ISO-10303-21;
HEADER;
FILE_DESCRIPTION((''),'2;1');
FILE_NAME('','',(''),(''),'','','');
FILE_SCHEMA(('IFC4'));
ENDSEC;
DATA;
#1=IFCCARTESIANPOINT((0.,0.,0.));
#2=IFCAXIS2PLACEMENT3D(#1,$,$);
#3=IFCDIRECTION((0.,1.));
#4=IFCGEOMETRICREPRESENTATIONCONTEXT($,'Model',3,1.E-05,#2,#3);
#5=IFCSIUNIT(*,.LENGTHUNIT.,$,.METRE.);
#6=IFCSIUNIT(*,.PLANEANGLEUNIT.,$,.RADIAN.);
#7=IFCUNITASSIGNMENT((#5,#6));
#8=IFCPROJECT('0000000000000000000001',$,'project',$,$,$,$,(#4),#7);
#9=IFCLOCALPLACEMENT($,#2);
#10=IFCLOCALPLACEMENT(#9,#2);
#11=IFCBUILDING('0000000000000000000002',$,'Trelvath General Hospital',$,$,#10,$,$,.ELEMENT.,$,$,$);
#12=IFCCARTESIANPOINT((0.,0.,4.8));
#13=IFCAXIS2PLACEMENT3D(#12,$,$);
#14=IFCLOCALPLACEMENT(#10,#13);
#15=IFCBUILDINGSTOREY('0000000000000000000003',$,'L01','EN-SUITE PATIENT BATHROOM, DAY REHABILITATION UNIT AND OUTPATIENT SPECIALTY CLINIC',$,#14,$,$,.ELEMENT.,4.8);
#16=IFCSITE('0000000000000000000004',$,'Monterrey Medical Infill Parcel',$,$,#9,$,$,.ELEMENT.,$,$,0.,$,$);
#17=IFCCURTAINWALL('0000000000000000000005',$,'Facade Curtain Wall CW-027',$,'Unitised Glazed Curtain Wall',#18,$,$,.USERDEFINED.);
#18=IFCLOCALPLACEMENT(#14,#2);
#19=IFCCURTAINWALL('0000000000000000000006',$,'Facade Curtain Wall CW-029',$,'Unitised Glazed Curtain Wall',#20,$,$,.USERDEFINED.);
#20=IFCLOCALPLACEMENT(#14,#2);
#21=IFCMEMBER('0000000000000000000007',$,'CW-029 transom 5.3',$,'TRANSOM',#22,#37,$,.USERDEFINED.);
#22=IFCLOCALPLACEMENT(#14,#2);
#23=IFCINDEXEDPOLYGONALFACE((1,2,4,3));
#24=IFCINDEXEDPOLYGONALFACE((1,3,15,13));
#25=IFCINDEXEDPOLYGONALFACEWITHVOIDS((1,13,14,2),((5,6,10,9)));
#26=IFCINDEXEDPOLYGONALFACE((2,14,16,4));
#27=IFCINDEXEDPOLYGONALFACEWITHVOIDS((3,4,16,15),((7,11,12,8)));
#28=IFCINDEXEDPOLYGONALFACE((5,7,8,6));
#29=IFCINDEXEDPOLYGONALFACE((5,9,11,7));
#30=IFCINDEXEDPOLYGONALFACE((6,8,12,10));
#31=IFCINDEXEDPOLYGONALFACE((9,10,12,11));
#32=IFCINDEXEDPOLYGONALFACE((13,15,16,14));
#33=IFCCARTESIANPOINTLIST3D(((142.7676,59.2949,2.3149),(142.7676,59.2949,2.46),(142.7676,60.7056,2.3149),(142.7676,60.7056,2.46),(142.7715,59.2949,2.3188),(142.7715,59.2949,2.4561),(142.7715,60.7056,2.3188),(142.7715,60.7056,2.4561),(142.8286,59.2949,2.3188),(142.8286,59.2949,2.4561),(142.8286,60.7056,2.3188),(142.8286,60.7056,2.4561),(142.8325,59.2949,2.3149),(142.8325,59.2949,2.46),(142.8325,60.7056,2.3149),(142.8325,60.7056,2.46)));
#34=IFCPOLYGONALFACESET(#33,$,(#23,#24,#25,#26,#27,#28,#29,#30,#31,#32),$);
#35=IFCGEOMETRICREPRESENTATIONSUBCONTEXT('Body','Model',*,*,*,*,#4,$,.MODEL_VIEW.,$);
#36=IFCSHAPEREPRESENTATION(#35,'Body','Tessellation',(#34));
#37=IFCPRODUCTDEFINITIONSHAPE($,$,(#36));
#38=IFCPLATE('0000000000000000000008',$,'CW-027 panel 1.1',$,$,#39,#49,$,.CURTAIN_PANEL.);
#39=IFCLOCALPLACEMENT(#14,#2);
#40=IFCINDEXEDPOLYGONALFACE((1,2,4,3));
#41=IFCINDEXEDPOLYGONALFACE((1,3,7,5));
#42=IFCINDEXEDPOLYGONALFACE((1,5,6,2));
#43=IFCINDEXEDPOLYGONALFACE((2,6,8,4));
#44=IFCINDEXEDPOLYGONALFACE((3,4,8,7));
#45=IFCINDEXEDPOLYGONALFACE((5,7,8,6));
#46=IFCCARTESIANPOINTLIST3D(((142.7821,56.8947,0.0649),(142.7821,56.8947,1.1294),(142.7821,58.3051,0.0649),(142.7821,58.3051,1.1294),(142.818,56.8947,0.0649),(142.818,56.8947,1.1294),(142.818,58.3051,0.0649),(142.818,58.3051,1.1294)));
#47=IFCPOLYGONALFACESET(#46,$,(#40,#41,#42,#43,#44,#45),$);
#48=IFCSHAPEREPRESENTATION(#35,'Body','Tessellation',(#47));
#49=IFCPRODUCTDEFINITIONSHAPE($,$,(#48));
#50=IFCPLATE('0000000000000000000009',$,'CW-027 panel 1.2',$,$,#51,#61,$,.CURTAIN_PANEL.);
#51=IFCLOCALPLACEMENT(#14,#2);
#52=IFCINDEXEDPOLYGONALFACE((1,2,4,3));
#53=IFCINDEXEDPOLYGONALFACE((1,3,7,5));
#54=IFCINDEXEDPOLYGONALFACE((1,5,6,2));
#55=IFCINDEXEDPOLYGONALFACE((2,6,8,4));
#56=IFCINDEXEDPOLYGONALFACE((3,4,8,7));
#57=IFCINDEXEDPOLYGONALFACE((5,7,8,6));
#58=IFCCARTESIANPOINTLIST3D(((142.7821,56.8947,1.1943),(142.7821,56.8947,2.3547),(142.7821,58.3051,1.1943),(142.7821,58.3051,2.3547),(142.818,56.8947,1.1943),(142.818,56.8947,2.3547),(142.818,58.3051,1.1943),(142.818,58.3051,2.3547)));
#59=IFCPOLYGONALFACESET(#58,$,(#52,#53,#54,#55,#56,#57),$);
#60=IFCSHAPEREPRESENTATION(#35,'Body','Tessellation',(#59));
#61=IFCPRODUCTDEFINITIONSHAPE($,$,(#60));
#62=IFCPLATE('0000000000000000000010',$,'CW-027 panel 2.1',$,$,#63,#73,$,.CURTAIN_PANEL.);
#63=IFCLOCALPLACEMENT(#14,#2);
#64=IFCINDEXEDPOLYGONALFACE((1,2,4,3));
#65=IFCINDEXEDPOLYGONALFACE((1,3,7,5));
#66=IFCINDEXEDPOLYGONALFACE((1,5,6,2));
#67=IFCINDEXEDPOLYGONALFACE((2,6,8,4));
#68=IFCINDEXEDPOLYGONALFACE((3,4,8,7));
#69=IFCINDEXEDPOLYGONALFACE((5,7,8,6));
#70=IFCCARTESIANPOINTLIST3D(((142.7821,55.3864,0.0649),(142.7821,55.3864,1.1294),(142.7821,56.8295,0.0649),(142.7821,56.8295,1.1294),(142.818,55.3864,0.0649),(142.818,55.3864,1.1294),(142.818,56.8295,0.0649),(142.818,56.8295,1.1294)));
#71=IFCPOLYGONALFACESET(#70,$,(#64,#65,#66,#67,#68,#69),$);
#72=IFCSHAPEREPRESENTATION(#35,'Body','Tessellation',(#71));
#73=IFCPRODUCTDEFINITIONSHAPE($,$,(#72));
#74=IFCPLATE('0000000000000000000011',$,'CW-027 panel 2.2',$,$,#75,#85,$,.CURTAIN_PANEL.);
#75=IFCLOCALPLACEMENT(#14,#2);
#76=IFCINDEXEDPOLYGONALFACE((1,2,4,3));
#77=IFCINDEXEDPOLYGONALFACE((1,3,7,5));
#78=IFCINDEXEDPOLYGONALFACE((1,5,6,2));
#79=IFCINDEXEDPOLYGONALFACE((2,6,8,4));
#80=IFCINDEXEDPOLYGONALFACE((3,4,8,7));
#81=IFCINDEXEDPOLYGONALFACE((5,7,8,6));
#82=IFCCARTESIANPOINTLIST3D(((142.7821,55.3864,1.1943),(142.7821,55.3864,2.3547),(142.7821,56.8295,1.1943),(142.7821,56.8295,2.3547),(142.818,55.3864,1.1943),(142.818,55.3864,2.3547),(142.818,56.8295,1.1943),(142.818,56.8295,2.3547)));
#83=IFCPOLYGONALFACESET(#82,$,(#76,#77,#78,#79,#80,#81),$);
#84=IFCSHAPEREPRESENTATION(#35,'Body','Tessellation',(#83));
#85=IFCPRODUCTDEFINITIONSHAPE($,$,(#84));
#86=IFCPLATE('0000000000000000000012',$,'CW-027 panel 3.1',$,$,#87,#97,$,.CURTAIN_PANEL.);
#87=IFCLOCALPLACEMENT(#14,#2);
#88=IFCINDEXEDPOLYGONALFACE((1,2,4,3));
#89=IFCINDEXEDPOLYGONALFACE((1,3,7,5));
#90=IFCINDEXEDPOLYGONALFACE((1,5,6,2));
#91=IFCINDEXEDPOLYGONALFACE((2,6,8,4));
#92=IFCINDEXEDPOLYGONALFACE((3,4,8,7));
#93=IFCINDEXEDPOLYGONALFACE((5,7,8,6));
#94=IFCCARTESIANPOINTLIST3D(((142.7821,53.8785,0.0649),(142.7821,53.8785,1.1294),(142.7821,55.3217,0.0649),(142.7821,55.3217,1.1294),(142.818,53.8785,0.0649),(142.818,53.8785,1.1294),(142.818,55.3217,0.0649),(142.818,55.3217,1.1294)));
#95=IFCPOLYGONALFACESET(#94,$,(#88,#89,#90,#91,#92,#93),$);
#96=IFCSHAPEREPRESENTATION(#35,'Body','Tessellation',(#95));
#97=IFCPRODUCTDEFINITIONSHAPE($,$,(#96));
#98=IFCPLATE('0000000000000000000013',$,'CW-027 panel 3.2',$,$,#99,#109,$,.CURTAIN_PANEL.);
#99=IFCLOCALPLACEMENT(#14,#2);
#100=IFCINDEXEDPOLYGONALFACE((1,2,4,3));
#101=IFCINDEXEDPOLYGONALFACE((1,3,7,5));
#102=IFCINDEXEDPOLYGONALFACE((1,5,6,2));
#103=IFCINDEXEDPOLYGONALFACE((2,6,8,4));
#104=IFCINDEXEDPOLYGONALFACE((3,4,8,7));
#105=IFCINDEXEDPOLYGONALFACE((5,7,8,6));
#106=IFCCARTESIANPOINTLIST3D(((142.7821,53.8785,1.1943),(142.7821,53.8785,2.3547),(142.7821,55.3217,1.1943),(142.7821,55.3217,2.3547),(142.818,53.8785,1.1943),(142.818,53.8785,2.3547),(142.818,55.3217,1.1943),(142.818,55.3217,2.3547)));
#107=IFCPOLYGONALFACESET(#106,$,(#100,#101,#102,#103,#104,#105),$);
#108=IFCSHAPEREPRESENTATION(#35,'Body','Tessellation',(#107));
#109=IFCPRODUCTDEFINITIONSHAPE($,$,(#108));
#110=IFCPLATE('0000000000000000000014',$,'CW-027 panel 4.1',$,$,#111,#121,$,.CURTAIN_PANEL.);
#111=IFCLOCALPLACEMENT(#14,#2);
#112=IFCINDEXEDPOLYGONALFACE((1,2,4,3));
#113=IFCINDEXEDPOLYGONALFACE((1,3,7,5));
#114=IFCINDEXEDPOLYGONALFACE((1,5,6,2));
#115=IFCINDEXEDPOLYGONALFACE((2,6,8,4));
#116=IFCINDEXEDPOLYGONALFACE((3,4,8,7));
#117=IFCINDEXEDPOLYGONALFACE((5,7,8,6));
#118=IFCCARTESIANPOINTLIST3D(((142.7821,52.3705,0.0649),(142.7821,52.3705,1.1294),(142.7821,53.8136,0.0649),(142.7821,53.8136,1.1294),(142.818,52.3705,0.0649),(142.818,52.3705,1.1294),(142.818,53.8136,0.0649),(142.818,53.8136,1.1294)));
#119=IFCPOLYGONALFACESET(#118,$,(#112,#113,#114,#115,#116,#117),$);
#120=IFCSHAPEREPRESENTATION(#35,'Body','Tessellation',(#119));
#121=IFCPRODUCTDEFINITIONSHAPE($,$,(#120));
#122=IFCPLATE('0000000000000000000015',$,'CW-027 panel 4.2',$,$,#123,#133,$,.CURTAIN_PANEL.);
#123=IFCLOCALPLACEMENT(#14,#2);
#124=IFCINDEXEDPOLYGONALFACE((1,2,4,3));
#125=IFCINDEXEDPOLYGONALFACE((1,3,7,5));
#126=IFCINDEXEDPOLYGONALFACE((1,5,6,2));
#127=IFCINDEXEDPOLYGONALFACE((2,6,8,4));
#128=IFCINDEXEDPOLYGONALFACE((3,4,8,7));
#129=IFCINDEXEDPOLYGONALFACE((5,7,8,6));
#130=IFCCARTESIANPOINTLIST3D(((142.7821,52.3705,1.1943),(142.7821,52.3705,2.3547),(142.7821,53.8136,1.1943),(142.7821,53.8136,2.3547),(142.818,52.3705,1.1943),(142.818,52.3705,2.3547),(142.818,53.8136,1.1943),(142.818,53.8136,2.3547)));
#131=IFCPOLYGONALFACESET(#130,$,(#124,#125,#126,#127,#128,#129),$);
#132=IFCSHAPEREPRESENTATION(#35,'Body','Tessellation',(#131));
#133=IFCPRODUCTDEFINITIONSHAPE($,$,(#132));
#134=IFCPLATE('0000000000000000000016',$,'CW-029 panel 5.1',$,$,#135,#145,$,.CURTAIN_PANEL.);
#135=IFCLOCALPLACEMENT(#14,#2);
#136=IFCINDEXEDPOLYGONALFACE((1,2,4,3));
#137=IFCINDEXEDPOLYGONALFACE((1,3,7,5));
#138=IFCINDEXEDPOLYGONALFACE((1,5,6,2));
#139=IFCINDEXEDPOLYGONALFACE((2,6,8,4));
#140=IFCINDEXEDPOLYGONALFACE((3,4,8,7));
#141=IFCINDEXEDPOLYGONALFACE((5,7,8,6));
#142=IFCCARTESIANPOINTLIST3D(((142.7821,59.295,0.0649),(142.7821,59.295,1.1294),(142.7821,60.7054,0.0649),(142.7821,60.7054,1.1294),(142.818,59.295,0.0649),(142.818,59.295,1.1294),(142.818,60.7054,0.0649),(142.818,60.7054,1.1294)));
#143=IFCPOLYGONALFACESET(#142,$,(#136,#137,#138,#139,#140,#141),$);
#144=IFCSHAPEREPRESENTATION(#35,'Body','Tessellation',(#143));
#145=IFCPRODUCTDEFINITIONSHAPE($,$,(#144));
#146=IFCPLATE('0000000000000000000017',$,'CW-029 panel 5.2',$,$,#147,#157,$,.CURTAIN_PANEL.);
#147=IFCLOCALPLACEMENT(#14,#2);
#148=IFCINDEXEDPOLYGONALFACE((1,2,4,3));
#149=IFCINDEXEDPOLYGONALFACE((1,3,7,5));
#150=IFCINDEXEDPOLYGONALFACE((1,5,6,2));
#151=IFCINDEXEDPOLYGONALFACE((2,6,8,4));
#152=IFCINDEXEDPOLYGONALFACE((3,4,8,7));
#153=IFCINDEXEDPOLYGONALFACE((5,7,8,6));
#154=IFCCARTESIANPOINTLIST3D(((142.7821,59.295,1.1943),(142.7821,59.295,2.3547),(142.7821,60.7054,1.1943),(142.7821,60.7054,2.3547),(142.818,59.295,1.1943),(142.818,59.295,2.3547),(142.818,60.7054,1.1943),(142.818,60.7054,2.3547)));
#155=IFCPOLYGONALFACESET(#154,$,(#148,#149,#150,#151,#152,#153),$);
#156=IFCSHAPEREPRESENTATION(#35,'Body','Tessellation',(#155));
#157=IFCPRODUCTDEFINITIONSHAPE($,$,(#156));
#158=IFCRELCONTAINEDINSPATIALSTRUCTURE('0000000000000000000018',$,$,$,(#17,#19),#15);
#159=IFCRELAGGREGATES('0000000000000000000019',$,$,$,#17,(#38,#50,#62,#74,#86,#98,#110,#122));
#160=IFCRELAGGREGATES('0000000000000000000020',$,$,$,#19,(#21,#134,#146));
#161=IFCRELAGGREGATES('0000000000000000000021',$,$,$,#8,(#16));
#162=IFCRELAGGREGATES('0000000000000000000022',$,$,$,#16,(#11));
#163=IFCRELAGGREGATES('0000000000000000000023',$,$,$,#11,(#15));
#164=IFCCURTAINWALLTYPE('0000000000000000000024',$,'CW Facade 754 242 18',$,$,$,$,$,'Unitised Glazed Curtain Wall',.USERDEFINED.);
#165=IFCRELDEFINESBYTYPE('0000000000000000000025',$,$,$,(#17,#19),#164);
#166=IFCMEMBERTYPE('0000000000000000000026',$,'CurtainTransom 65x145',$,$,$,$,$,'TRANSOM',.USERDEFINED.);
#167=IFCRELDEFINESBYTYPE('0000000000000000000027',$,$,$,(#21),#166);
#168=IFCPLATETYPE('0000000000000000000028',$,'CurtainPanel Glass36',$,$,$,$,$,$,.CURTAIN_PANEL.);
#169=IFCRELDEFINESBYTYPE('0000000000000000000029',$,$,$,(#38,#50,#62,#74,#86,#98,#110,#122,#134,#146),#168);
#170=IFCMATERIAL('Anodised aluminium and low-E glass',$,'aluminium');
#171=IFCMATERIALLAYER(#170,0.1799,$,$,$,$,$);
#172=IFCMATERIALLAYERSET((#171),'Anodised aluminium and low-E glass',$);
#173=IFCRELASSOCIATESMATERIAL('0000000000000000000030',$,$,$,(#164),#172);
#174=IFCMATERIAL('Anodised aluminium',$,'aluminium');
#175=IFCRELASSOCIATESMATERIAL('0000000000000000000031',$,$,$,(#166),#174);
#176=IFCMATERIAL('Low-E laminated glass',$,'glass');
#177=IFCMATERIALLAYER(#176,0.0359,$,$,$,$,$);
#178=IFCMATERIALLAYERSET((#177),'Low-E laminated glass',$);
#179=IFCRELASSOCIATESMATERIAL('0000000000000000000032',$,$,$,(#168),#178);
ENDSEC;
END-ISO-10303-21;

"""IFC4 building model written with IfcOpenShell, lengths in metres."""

from ifc_helpers import new_model, si_unit, direction, frame, origin, origin_2d, place, context, subcontext, project, spatial, rectangle, hollow_rectangle, extrude, material, layer, layer_set, material_profile, profile_set, type_object, element, aggregate, save


model = new_model("IFC4")

# Units and contexts
model_context = context("Model", 3, precision=1e-05, world=origin(), true_north=direction((0.0, 1.0)))
body_context = subcontext(model_context, "Body", "Model", "MODEL_VIEW")
ifc_project = project(units=[si_unit("LENGTHUNIT", "METRE"), si_unit("PLANEANGLEUNIT", "RADIAN")], contexts=[model_context])

# Site, building, storey
site_placement = place(None, origin())
site = spatial("IfcSite", under=ifc_project, at=site_placement, Name="Monterrey Medical Infill Parcel", CompositionType="ELEMENT", RefElevation=0.0)
building_placement = place(site_placement, origin())
building = spatial("IfcBuilding", under=site, at=building_placement, Name="Trelvath General Hospital", CompositionType="ELEMENT")
storey_placement = place(building_placement, frame((0.0, 0.0, 4.8)))
storey = spatial("IfcBuildingStorey", under=building, at=storey_placement, Name="L01", Description="EN-SUITE PATIENT BATHROOM, DAY REHABILITATION UNIT AND OUTPATIENT SPECIALTY CLINIC", CompositionType="ELEMENT", Elevation=4.8)

# Curtain wall
ifc_material_1 = material(Name="Anodised aluminium and low-E glass", Category="aluminium")
ifc_layer_1 = layer(ifc_material_1, 0.1799)
ifc_layer_set_1 = layer_set([ifc_layer_1], Name="Anodised aluminium and low-E glass")
curtain_wall_type = type_object("IfcCurtainWallType", Name="CW Facade 754 242 18", ElementType="Unitised Glazed Curtain Wall", PredefinedType="USERDEFINED", material=ifc_layer_set_1)
curtain_wall_1_placement = place(storey_placement, origin())
curtain_wall_1 = element("IfcCurtainWall", 1, at=curtain_wall_1_placement, inside=storey, type_object=curtain_wall_type, Name="Facade Curtain Wall CW-027", ObjectType="Unitised Glazed Curtain Wall", PredefinedType="USERDEFINED")

# Curtain wall
curtain_wall_2_placement = place(storey_placement, origin())
curtain_wall_2 = element("IfcCurtainWall", 2, at=curtain_wall_2_placement, inside=storey, type_object=curtain_wall_type, Name="Facade Curtain Wall CW-029", ObjectType="Unitised Glazed Curtain Wall", PredefinedType="USERDEFINED")

# Member
ifc_material_2 = material(Name="Anodised aluminium", Category="aluminium")
ifc_material_profile_1 = material_profile(ifc_material_2, hollow_rectangle(XDim=0.0649, YDim=0.145, WallThickness=0.0039, at=origin_2d()), Name="RHS65x145x4")
ifc_profile_set_1 = profile_set([ifc_material_profile_1], Name="Anodised aluminium")
member_type_1 = type_object("IfcMemberType", Name="CurtainTransom 65x145", ElementType="TRANSOM", PredefinedType="USERDEFINED", material=ifc_profile_set_1)
member_1_placement = place(storey_placement, frame((142.8, 60.7056, 2.3875), z_axis=(0.0, -1.0, 0.0), x_axis=(1.0, 0.0, 0.0)))
member_1 = element("IfcMember", 3, at=member_1_placement, type_object=member_type_1, Name="CW-029 transom 5.3", ObjectType="TRANSOM", PredefinedType="USERDEFINED", context=body_context, shape_type="SweptSolid", body=[
    extrude(hollow_rectangle(XDim=0.0649, YDim=0.145, WallThickness=0.0039, at=origin_2d()), origin(), (0.0, 0.0, 1.0), 1.4106),
])

# Plates
ifc_material_3 = material(Name="Low-E laminated glass", Category="glass")
ifc_layer_2 = layer(ifc_material_3, 0.0359)
ifc_layer_set_2 = layer_set([ifc_layer_2], Name="Low-E laminated glass")
plate_type = type_object("IfcPlateType", Name="CurtainPanel Glass36", PredefinedType="CURTAIN_PANEL", material=ifc_layer_set_2)
plate_1_placement = place(storey_placement, frame((142.8, 57.5999, 0.0649), z_axis=(0.0, 0.0, 1.0), x_axis=(0.0, -1.0, 0.0)))
plate_1 = element("IfcPlate", 4, at=plate_1_placement, type_object=plate_type, Name="CW-027 panel 1.1", PredefinedType="CURTAIN_PANEL", context=body_context, shape_type="SweptSolid", body=[
    extrude(rectangle(XDim=1.4104, YDim=0.0359, at=origin_2d()), origin(), (0.0, 0.0, 1.0), 1.0645),
])
plate_2_placement = place(storey_placement, frame((142.8, 57.5999, 1.1943), z_axis=(0.0, 0.0, 1.0), x_axis=(0.0, -1.0, 0.0)))
plate_2 = element("IfcPlate", 5, at=plate_2_placement, type_object=plate_type, Name="CW-027 panel 1.2", PredefinedType="CURTAIN_PANEL", context=body_context, shape_type="SweptSolid", body=[
    extrude(rectangle(XDim=1.4104, YDim=0.0359, at=origin_2d()), origin(), (0.0, 0.0, 1.0), 1.1604),
])
plate_3_placement = place(storey_placement, frame((142.8, 56.1079, 0.0649), z_axis=(0.0, 0.0, 1.0), x_axis=(0.0, -1.0, 0.0)))
plate_3 = element("IfcPlate", 6, at=plate_3_placement, type_object=plate_type, Name="CW-027 panel 2.1", PredefinedType="CURTAIN_PANEL", context=body_context, shape_type="SweptSolid", body=[
    extrude(rectangle(XDim=1.4431, YDim=0.0359, at=origin_2d()), origin(), (0.0, 0.0, 1.0), 1.0645),
])
plate_4_placement = place(storey_placement, frame((142.8, 56.1079, 1.1943), z_axis=(0.0, 0.0, 1.0), x_axis=(0.0, -1.0, 0.0)))
plate_4 = element("IfcPlate", 7, at=plate_4_placement, type_object=plate_type, Name="CW-027 panel 2.2", PredefinedType="CURTAIN_PANEL", context=body_context, shape_type="SweptSolid", body=[
    extrude(rectangle(XDim=1.4431, YDim=0.0359, at=origin_2d()), origin(), (0.0, 0.0, 1.0), 1.1604),
])
plate_5_placement = place(storey_placement, frame((142.8, 54.6001, 0.0649), z_axis=(0.0, 0.0, 1.0), x_axis=(0.0, -1.0, 0.0)))
plate_5 = element("IfcPlate", 8, at=plate_5_placement, type_object=plate_type, Name="CW-027 panel 3.1", PredefinedType="CURTAIN_PANEL", context=body_context, shape_type="SweptSolid", body=[
    extrude(rectangle(XDim=1.4431, YDim=0.0359, at=origin_2d()), origin(), (0.0, 0.0, 1.0), 1.0645),
])
plate_6_placement = place(storey_placement, frame((142.8, 54.6001, 1.1943), z_axis=(0.0, 0.0, 1.0), x_axis=(0.0, -1.0, 0.0)))
plate_6 = element("IfcPlate", 9, at=plate_6_placement, type_object=plate_type, Name="CW-027 panel 3.2", PredefinedType="CURTAIN_PANEL", context=body_context, shape_type="SweptSolid", body=[
    extrude(rectangle(XDim=1.4431, YDim=0.0359, at=origin_2d()), origin(), (0.0, 0.0, 1.0), 1.1604),
])
plate_7_placement = place(storey_placement, frame((142.8, 53.092, 0.0649), z_axis=(0.0, 0.0, 1.0), x_axis=(0.0, -1.0, 0.0)))
plate_7 = element("IfcPlate", 10, at=plate_7_placement, type_object=plate_type, Name="CW-027 panel 4.1", PredefinedType="CURTAIN_PANEL", context=body_context, shape_type="SweptSolid", body=[
    extrude(rectangle(XDim=1.4431, YDim=0.0359, at=origin_2d()), origin(), (0.0, 0.0, 1.0), 1.0645),
])
plate_8_placement = place(storey_placement, frame((142.8, 53.092, 1.1943), z_axis=(0.0, 0.0, 1.0), x_axis=(0.0, -1.0, 0.0)))
plate_8 = element("IfcPlate", 11, at=plate_8_placement, type_object=plate_type, Name="CW-027 panel 4.2", PredefinedType="CURTAIN_PANEL", context=body_context, shape_type="SweptSolid", body=[
    extrude(rectangle(XDim=1.4431, YDim=0.0359, at=origin_2d()), origin(), (0.0, 0.0, 1.0), 1.1604),
])
aggregate(curtain_wall_1, [plate_1, plate_2, plate_3, plate_4, plate_5, plate_6, plate_7, plate_8])
plate_9_placement = place(storey_placement, frame((142.8, 60.0002, 0.0649), z_axis=(0.0, 0.0, 1.0), x_axis=(0.0, -1.0, 0.0)))
plate_9 = element("IfcPlate", 12, at=plate_9_placement, type_object=plate_type, Name="CW-029 panel 5.1", PredefinedType="CURTAIN_PANEL", context=body_context, shape_type="SweptSolid", body=[
    extrude(rectangle(XDim=1.4104, YDim=0.0359, at=origin_2d()), origin(), (0.0, 0.0, 1.0), 1.0645),
])
plate_10_placement = place(storey_placement, frame((142.8, 60.0002, 1.1943), z_axis=(0.0, 0.0, 1.0), x_axis=(0.0, -1.0, 0.0)))
plate_10 = element("IfcPlate", 13, at=plate_10_placement, type_object=plate_type, Name="CW-029 panel 5.2", PredefinedType="CURTAIN_PANEL", context=body_context, shape_type="SweptSolid", body=[
    extrude(rectangle(XDim=1.4104, YDim=0.0359, at=origin_2d()), origin(), (0.0, 0.0, 1.0), 1.1604),
])
aggregate(curtain_wall_2, [member_1, plate_9, plate_10])

save(model, "model.ifc")
